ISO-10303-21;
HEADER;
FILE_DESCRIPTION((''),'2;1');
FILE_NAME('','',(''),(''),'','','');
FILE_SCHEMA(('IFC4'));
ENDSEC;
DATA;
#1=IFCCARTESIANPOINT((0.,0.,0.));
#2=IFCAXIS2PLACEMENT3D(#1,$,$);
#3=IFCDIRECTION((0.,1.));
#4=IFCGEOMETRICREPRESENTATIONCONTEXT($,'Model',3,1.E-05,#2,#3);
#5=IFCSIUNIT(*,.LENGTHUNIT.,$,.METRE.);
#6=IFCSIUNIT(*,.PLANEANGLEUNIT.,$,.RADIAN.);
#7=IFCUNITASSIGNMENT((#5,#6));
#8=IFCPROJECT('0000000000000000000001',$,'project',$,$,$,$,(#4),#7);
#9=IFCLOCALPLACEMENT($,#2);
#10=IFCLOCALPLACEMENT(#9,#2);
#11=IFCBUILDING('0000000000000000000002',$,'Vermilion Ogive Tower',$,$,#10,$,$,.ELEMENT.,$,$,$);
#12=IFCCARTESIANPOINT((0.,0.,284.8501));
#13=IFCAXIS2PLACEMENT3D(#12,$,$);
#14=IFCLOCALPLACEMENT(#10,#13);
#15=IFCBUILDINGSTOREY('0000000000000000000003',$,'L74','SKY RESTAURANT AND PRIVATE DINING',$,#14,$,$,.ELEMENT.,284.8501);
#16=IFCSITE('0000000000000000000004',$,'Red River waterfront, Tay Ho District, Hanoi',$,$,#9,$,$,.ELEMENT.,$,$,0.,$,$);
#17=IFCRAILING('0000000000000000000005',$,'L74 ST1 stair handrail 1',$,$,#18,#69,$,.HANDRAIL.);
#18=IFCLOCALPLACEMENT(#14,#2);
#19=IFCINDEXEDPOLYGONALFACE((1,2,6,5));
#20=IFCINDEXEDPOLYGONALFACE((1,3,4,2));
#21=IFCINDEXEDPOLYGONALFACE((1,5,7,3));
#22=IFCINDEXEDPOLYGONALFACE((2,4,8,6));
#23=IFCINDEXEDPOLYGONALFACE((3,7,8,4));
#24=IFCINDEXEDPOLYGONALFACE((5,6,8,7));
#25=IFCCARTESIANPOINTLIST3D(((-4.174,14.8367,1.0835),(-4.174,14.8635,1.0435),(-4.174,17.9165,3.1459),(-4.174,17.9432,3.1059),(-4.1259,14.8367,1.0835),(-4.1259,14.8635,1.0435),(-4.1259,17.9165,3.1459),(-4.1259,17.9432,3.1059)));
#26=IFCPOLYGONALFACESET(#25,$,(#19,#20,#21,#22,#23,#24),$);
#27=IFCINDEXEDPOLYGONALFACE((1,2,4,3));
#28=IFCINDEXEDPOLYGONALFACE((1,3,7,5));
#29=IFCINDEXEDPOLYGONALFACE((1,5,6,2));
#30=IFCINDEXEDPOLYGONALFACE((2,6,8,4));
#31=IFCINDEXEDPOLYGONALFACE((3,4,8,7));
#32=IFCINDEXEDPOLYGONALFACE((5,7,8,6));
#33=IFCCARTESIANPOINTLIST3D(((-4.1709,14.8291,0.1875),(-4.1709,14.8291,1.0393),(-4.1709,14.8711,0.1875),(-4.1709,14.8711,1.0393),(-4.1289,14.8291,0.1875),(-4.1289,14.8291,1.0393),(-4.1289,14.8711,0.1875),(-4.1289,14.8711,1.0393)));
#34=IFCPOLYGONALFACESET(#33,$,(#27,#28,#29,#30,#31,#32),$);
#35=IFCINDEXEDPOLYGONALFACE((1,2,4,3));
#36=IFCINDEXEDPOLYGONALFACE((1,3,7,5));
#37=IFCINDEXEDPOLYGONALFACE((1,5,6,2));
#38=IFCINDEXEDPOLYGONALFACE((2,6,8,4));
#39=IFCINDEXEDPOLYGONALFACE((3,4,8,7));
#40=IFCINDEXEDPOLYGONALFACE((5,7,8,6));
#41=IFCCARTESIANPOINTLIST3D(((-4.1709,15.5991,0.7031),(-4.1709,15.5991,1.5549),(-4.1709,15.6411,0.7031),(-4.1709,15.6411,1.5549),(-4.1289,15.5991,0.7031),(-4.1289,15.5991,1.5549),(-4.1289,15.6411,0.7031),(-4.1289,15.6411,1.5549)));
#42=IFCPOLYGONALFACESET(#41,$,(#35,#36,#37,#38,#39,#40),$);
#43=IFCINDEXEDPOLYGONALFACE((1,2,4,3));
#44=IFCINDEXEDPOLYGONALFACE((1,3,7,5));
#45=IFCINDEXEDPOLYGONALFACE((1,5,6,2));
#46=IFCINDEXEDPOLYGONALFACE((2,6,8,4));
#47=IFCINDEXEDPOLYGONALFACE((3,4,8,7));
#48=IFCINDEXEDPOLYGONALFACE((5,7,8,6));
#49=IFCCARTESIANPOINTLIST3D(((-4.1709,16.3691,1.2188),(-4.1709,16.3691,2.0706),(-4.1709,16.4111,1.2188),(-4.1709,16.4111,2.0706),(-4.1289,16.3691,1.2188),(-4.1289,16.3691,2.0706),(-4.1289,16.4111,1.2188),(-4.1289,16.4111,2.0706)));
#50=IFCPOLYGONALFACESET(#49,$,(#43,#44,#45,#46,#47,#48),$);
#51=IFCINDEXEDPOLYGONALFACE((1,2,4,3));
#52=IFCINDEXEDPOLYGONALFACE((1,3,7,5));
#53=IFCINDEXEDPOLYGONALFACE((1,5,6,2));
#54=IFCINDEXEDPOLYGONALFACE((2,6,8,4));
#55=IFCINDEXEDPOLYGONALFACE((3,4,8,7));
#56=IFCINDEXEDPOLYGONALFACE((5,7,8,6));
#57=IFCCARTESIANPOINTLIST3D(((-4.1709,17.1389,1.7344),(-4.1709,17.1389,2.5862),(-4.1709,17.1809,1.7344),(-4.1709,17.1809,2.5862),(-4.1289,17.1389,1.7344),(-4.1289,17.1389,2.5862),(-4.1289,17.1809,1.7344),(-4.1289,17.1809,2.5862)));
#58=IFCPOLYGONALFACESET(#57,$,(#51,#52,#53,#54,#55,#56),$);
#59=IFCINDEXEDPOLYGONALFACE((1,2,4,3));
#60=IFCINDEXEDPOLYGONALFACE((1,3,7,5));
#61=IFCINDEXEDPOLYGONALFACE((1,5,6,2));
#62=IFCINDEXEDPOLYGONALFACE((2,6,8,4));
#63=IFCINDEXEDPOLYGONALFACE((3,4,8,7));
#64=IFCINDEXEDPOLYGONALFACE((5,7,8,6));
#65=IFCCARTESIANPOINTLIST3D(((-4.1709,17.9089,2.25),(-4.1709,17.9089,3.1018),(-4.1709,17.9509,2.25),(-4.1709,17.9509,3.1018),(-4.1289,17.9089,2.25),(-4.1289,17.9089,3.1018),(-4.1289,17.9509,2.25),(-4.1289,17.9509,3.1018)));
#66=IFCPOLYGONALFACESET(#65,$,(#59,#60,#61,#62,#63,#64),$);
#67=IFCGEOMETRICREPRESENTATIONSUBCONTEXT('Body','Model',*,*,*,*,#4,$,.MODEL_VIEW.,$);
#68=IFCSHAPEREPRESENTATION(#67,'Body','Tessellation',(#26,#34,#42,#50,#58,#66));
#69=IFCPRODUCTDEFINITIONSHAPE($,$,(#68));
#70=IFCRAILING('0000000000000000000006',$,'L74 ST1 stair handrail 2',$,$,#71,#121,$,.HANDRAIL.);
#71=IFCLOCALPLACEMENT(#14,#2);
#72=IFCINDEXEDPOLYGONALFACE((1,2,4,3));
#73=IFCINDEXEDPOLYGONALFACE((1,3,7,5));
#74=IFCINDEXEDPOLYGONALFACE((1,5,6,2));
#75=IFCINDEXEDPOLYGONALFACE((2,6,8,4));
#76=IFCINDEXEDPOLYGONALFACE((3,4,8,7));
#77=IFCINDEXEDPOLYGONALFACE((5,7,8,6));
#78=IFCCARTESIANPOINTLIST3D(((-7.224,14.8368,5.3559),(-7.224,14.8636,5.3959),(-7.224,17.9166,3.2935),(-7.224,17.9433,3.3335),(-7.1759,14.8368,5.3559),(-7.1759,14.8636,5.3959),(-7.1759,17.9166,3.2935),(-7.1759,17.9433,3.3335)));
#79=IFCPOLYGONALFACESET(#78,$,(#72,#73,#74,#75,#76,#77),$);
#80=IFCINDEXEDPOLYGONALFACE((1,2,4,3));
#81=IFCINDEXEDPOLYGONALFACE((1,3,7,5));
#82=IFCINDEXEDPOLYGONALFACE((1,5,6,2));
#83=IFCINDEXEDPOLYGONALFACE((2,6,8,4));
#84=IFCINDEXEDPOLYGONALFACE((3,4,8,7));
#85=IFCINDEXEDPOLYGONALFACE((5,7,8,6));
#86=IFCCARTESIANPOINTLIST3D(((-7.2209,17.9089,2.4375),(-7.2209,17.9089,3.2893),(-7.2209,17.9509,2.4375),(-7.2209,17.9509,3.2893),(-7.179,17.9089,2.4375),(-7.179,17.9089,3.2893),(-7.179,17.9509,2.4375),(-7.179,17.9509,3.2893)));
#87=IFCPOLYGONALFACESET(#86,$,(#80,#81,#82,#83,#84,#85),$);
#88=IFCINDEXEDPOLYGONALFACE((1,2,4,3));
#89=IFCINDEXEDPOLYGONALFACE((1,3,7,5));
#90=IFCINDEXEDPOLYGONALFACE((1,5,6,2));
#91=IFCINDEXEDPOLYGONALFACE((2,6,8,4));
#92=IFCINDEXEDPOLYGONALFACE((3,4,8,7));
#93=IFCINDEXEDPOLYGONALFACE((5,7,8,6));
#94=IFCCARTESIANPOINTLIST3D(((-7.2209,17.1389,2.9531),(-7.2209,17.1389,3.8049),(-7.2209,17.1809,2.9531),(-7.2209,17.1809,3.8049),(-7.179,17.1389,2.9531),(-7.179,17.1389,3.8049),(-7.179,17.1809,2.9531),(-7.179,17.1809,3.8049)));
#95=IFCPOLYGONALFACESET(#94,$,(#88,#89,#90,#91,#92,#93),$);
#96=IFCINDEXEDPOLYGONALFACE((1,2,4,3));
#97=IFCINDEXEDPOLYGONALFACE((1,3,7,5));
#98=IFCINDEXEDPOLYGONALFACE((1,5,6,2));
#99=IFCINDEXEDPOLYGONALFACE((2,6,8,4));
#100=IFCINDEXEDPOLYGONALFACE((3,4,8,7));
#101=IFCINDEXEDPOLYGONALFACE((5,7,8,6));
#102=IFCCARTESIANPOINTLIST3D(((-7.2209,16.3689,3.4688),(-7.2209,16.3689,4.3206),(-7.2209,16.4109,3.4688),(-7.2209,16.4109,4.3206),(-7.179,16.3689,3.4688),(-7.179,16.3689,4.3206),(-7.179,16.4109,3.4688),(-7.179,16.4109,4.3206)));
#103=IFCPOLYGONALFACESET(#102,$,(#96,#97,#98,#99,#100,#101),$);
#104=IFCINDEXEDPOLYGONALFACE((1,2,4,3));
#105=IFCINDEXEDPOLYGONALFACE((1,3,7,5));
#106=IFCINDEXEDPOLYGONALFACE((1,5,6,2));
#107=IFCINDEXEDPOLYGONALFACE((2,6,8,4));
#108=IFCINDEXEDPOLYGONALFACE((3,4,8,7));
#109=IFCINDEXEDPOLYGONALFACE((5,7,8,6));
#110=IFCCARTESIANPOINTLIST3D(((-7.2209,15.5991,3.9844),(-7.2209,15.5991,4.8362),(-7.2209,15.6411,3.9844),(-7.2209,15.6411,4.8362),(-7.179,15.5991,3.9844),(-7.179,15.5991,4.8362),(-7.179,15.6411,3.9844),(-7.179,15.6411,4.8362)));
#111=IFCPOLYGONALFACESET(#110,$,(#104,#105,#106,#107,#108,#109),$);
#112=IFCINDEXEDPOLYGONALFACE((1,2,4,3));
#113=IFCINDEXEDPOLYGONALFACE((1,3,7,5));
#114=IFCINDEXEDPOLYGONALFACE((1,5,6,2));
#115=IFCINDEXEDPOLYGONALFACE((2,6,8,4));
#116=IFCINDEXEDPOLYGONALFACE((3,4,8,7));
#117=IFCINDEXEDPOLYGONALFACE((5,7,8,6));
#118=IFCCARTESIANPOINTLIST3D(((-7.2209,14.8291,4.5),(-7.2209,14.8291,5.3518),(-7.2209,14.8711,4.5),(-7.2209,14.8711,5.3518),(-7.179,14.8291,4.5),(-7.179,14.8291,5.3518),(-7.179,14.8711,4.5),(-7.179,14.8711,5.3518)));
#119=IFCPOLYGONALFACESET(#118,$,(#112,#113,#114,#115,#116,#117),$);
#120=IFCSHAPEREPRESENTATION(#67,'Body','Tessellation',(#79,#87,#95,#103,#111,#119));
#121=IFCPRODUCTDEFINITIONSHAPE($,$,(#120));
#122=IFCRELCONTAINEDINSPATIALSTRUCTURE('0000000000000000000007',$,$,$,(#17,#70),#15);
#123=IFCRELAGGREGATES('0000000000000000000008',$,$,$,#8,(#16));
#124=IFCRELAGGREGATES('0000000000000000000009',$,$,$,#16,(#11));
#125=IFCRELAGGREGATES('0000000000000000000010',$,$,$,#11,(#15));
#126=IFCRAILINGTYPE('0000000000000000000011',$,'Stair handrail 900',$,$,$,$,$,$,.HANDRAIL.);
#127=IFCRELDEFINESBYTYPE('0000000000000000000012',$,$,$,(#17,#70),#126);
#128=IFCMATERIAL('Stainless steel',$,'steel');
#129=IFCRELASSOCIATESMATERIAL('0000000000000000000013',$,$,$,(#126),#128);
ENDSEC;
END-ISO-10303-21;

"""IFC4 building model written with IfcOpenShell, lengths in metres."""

from ifc_helpers import new_model, si_unit, direction, frame, origin, origin_2d, place, context, subcontext, project, spatial, rectangle, extrude, material, type_object, element, save


model = new_model("IFC4")

# Units and contexts
model_context = context("Model", 3, precision=1e-05, world=origin(), true_north=direction((0.0, 1.0)))
body_context = subcontext(model_context, "Body", "Model", "MODEL_VIEW")
ifc_project = project(units=[si_unit("LENGTHUNIT", "METRE"), si_unit("PLANEANGLEUNIT", "RADIAN")], contexts=[model_context])

# Site, building, storey
site_placement = place(None, origin())
site = spatial("IfcSite", under=ifc_project, at=site_placement, Name="Red River waterfront, Tay Ho District, Hanoi", CompositionType="ELEMENT", RefElevation=0.0)
building_placement = place(site_placement, origin())
building = spatial("IfcBuilding", under=site, at=building_placement, Name="Vermilion Ogive Tower", CompositionType="ELEMENT")
storey_placement = place(building_placement, frame((0.0, 0.0, 284.8501)))
storey = spatial("IfcBuildingStorey", under=building, at=storey_placement, Name="L74", Description="SKY RESTAURANT AND PRIVATE DINING", CompositionType="ELEMENT", Elevation=284.8501)

# Railings
ifc_material_1 = material(Name="Stainless steel", Category="steel")
railing_type_1 = type_object("IfcRailingType", Name="Stair handrail 900", PredefinedType="HANDRAIL", material=ifc_material_1)
railing_1_placement = place(storey_placement, frame((-4.1499, 14.8501, 0.1875)))
element("IfcRailing", 1, at=railing_1_placement, inside=storey, type_object=railing_type_1, Name="L74 ST1 stair handrail 1", PredefinedType="HANDRAIL", context=body_context, shape_type="SweptSolid", body=[
    extrude(rectangle(XDim=0.0481, YDim=0.0481, at=origin_2d()), frame((0.0, 0.0, 0.876), z_axis=(0.0, 0.830893, 0.556432), x_axis=(-1.0, 0.0, 0.0)), (0.0, 0.0, 1.0), 3.7065),
    extrude(rectangle(XDim=0.042, YDim=0.042, at=origin_2d()), origin(), (0.0, 0.0, 1.0), 0.8518),
    extrude(rectangle(XDim=0.042, YDim=0.042, at=origin_2d()), frame((0.0, 0.77, 0.5156)), (0.0, 0.0, 1.0), 0.8518),
    extrude(rectangle(XDim=0.042, YDim=0.042, at=origin_2d()), frame((0.0, 1.54, 1.0312)), (0.0, 0.0, 1.0), 0.8518),
    extrude(rectangle(XDim=0.042, YDim=0.042, at=origin_2d()), frame((0.0, 2.3098, 1.5469)), (0.0, 0.0, 1.0), 0.8518),
    extrude(rectangle(XDim=0.042, YDim=0.042, at=origin_2d()), frame((0.0, 3.0798, 2.0625)), (0.0, 0.0, 1.0), 0.8518),
])
railing_2_placement = place(storey_placement, frame((-7.2, 17.9299, 2.4375)))
element("IfcRailing", 2, at=railing_2_placement, inside=storey, type_object=railing_type_1, Name="L74 ST1 stair handrail 2", PredefinedType="HANDRAIL", context=body_context, shape_type="SweptSolid", body=[
    extrude(rectangle(XDim=0.0481, YDim=0.0481, at=origin_2d()), frame((0.0, 0.0, 0.876), z_axis=(0.0, -0.830893, 0.556432), x_axis=(1.0, 0.0, 0.0)), (0.0, 0.0, 1.0), 3.7065),
    extrude(rectangle(XDim=0.042, YDim=0.042, at=origin_2d()), origin(), (0.0, 0.0, 1.0), 0.8518),
    extrude(rectangle(XDim=0.042, YDim=0.042, at=origin_2d()), frame((0.0, -0.77, 0.5156)), (0.0, 0.0, 1.0), 0.8518),
    extrude(rectangle(XDim=0.042, YDim=0.042, at=origin_2d()), frame((0.0, -1.54, 1.0312)), (0.0, 0.0, 1.0), 0.8518),
    extrude(rectangle(XDim=0.042, YDim=0.042, at=origin_2d()), frame((0.0, -2.3098, 1.5469)), (0.0, 0.0, 1.0), 0.8518),
    extrude(rectangle(XDim=0.042, YDim=0.042, at=origin_2d()), frame((0.0, -3.0798, 2.0625)), (0.0, 0.0, 1.0), 0.8518),
])

save(model, "model.ifc")
